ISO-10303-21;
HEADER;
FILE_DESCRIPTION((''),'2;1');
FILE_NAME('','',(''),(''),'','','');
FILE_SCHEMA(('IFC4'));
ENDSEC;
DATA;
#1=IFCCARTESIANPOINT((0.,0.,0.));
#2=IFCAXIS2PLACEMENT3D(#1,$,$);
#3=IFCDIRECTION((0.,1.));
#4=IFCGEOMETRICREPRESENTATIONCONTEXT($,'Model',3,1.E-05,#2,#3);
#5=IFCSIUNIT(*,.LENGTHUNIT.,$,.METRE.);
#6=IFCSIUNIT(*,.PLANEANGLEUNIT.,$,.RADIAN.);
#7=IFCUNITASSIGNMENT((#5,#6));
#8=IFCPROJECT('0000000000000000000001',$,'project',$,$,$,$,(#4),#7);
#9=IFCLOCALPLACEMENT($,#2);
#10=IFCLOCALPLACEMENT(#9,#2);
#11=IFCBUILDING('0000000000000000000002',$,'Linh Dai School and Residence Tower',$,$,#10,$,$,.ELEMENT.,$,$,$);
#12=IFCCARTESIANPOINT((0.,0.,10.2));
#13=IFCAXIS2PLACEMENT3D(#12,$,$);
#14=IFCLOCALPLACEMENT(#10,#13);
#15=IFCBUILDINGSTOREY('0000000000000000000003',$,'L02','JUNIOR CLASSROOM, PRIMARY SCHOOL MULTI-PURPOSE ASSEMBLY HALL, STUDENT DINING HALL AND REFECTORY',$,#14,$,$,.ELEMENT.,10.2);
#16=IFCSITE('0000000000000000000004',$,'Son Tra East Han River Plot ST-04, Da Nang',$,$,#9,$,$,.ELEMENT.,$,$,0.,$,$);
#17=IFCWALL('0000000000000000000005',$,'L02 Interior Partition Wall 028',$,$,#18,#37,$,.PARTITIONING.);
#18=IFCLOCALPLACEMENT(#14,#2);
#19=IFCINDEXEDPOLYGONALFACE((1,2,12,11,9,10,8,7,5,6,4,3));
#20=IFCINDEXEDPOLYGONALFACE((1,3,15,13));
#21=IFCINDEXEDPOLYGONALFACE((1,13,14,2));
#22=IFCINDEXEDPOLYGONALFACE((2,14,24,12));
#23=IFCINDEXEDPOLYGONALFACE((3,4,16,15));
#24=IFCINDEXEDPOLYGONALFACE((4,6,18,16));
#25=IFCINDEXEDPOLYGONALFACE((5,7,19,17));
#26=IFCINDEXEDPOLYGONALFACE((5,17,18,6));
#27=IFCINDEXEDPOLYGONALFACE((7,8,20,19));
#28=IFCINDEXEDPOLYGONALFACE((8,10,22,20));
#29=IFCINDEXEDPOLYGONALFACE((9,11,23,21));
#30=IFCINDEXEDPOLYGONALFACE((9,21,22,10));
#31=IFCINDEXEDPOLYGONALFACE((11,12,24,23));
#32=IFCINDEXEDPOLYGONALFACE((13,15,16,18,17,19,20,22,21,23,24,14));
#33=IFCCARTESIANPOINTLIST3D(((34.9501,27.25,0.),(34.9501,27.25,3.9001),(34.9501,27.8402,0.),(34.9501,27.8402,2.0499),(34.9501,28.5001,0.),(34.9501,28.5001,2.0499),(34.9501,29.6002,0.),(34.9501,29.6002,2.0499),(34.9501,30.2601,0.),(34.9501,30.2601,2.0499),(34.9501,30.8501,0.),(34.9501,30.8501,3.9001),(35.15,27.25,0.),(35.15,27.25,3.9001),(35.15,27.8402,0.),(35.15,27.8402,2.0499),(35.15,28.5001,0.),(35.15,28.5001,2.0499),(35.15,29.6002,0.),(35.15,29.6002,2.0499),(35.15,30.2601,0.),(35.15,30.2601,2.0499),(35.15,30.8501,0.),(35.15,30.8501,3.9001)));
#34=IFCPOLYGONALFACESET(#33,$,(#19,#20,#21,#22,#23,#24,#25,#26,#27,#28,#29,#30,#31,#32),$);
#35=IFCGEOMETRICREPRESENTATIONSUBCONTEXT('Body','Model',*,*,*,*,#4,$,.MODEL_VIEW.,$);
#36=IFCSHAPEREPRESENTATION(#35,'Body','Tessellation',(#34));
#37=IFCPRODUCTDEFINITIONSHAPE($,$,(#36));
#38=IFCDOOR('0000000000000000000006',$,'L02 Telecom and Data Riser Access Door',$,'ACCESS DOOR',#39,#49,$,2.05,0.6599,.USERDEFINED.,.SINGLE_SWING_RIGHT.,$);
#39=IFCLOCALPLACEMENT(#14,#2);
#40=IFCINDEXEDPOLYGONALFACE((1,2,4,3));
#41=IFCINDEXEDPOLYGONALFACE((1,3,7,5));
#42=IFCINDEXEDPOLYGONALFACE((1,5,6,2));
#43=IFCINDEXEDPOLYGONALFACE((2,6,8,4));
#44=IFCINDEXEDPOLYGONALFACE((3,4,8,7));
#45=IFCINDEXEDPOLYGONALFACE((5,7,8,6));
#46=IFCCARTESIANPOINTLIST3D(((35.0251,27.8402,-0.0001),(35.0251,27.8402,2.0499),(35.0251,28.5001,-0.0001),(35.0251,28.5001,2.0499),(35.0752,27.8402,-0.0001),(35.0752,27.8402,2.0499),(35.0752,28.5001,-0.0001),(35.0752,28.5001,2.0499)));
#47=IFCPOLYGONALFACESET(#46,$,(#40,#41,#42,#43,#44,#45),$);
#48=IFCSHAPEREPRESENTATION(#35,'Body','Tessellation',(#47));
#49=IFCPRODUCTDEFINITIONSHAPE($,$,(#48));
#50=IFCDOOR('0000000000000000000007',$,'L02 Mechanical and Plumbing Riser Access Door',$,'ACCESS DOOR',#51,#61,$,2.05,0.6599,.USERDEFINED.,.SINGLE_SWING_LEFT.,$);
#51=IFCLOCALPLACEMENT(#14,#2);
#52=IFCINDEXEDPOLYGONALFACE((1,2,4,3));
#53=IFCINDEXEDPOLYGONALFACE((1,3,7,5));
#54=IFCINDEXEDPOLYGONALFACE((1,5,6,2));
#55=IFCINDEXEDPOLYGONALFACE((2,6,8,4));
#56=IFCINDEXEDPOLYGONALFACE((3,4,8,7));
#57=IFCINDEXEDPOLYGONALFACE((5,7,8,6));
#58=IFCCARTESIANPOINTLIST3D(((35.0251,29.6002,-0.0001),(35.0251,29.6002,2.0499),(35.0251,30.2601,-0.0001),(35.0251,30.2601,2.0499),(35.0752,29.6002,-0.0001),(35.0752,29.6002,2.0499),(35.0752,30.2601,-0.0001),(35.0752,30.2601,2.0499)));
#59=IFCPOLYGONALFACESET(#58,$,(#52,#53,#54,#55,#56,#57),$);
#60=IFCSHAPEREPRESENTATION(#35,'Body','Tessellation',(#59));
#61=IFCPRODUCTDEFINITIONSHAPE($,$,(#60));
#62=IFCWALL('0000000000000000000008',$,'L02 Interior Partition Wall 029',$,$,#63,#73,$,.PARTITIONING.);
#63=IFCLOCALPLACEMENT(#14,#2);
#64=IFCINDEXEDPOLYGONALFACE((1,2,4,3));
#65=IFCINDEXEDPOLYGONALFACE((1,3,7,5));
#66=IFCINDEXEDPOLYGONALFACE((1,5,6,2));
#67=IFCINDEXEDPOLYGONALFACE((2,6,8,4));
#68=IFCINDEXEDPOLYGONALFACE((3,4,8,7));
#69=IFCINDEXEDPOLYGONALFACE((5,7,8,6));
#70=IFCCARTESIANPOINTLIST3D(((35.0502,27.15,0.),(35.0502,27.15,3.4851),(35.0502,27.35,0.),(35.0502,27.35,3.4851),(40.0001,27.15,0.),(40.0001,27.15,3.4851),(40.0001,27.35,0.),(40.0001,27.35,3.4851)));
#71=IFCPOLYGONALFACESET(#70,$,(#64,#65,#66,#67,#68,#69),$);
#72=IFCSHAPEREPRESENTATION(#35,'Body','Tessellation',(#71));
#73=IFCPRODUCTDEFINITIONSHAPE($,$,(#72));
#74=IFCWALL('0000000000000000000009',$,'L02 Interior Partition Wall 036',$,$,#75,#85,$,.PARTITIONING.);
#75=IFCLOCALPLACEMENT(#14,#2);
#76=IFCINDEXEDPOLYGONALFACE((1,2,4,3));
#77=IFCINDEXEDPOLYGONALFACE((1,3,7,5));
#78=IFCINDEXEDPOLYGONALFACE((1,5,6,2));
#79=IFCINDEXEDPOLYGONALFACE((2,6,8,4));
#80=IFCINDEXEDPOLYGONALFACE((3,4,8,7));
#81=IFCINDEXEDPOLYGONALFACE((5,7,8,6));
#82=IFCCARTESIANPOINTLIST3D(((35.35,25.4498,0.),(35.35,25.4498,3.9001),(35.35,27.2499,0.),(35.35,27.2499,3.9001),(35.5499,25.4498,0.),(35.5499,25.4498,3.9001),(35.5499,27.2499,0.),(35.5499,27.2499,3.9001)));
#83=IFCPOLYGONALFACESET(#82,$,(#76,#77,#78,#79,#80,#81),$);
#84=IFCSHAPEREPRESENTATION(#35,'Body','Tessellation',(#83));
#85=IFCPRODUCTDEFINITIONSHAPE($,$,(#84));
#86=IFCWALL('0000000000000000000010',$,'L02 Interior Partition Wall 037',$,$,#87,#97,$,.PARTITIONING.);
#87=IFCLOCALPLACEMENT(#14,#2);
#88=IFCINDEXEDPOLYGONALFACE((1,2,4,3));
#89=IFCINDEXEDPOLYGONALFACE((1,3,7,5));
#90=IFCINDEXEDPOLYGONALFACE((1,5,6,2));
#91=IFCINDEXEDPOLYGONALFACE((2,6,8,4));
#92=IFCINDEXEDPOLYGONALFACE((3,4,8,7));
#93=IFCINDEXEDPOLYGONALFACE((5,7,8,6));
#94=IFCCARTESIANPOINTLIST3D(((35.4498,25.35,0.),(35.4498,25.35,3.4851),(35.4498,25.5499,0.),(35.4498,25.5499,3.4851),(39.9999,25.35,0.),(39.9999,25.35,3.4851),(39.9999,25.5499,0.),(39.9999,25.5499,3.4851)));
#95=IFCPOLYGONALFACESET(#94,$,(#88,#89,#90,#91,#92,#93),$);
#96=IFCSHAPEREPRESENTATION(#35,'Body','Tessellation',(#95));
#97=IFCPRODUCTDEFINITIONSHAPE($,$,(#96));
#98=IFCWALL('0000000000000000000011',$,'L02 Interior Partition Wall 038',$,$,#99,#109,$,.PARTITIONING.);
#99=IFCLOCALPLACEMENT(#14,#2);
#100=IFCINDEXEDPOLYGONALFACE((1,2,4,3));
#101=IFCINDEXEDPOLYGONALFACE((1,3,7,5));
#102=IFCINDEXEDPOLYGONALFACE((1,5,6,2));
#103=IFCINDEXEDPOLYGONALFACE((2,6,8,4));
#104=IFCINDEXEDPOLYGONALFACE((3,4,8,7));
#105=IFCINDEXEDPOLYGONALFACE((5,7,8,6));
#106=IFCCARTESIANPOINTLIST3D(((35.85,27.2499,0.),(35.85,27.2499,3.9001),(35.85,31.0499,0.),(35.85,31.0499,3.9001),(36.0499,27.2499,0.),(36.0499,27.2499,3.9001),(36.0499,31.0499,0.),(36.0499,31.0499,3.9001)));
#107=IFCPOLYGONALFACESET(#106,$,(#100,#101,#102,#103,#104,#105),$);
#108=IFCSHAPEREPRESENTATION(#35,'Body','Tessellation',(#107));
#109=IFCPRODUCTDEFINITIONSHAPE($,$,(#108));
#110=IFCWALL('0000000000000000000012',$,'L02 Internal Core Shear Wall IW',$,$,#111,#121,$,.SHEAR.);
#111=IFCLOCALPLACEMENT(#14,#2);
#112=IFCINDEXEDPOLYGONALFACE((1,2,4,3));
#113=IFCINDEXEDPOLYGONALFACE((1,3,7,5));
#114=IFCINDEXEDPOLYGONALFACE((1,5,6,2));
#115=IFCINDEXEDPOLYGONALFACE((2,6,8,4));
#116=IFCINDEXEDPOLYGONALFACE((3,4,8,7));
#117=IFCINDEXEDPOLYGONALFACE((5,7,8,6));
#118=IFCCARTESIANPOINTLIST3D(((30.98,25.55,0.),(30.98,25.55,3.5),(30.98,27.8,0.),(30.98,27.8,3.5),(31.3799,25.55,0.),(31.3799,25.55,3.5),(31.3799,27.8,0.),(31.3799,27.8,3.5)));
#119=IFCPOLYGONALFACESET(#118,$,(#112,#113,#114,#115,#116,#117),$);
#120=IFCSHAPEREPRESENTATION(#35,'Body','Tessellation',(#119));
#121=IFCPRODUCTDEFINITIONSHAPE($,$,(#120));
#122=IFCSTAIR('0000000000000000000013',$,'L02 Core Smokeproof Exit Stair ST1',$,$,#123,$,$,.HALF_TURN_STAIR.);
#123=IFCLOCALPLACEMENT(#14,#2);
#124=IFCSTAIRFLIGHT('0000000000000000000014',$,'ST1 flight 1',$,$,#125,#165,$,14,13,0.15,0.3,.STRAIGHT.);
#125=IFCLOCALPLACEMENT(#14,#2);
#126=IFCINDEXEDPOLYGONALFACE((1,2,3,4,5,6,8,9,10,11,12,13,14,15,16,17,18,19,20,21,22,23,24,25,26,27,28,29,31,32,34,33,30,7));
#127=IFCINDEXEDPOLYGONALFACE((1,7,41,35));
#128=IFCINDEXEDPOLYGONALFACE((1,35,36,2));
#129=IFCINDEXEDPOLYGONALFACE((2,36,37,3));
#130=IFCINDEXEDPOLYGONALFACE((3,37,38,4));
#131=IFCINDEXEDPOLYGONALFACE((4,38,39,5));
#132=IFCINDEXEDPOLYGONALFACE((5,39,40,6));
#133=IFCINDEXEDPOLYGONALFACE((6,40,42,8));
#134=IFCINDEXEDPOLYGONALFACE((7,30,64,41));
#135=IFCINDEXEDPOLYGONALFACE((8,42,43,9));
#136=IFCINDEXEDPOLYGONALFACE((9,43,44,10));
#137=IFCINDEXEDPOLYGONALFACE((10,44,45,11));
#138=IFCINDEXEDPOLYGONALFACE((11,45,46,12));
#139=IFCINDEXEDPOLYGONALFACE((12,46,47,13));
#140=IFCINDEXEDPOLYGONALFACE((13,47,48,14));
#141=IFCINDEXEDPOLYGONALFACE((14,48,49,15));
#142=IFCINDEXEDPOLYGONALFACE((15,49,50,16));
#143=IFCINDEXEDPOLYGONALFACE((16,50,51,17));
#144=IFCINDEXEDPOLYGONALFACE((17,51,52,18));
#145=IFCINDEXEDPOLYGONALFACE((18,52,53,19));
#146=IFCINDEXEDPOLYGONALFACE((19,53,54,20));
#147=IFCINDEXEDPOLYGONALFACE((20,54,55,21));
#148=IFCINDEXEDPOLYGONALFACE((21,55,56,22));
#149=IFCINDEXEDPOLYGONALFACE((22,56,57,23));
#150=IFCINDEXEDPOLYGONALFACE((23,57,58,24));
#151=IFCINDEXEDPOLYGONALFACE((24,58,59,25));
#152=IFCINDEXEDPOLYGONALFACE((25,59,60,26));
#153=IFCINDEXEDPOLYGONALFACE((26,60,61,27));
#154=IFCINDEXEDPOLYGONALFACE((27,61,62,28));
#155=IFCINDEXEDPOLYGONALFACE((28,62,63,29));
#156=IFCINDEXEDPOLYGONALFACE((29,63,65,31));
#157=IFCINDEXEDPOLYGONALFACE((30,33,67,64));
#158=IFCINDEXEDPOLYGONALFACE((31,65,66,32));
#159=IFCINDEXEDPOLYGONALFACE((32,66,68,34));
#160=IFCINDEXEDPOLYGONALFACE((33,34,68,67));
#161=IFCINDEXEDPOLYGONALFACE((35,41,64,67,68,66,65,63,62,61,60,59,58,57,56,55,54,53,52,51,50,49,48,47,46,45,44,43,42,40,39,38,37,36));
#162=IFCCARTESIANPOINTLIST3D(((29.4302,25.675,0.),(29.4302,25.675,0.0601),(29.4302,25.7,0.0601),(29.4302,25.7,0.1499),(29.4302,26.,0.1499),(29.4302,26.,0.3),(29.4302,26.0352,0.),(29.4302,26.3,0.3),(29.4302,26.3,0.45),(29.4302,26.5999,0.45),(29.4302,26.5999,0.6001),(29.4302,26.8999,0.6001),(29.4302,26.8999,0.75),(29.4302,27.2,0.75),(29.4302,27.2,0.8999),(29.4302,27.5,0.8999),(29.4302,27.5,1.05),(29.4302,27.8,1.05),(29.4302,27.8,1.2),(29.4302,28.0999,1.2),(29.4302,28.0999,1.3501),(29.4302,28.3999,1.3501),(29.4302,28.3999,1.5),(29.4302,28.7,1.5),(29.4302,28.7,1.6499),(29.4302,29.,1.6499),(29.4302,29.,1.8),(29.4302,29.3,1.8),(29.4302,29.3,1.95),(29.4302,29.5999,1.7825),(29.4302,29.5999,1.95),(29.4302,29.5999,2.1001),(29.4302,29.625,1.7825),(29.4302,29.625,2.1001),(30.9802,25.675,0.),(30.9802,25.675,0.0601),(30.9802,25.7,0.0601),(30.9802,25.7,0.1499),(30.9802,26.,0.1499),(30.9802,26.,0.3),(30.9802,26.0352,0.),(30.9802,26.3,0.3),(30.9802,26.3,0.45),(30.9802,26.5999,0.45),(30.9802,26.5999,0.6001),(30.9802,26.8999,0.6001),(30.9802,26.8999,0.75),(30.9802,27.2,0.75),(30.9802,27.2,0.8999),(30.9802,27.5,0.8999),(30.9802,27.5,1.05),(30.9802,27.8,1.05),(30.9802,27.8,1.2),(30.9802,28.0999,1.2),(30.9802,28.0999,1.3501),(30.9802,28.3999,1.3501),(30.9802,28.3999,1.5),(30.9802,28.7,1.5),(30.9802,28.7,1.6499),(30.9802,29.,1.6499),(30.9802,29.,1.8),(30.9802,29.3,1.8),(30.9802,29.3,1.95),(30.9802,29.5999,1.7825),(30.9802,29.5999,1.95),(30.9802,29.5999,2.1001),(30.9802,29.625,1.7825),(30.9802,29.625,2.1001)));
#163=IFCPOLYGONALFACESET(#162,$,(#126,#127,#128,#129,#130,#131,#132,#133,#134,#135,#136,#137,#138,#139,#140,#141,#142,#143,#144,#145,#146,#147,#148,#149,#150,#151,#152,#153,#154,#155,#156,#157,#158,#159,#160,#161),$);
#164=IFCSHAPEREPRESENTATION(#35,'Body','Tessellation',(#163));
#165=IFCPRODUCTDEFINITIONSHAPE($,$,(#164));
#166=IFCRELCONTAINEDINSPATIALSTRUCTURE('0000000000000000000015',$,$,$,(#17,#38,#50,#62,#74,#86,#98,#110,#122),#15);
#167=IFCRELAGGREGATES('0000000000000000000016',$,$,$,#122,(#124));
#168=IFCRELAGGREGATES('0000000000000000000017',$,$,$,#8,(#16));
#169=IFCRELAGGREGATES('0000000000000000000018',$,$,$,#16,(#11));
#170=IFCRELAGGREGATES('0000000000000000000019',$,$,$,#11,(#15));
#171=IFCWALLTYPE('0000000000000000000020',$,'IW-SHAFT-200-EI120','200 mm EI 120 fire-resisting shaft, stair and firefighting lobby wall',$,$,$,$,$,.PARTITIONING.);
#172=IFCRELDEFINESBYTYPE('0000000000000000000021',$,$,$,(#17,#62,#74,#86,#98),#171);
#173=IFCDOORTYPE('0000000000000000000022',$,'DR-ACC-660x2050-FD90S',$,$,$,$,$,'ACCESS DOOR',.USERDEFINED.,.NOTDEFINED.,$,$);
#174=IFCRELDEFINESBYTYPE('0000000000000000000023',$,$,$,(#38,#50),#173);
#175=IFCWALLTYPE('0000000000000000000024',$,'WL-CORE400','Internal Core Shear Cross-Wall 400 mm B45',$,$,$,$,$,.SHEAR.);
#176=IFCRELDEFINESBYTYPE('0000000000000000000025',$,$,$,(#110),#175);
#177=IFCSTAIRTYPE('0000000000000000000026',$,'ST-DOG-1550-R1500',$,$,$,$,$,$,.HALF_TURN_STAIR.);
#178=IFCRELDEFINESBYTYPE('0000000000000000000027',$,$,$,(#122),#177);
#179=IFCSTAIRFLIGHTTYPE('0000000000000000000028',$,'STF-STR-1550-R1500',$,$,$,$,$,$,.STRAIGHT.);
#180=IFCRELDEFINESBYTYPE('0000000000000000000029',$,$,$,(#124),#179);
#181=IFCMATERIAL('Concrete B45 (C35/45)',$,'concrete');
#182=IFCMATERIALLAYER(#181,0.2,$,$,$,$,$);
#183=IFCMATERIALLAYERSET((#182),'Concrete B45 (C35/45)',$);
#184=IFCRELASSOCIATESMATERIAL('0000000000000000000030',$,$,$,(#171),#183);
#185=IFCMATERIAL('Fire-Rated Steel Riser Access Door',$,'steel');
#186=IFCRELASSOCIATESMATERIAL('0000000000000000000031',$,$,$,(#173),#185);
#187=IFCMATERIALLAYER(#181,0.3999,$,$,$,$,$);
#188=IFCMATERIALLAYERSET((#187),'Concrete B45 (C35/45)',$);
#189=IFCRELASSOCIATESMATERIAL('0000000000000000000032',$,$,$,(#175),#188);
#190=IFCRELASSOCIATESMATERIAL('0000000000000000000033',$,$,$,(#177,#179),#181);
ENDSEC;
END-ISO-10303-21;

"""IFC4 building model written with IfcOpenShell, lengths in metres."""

from ifc_helpers import new_model, si_unit, direction, frame, frame_2d, origin, origin_2d, place, context, subcontext, project, spatial, polyline, rectangle, outline, extrude, source, transform, mapped, material, layer, layer_set, type_object, element, fill, aggregate, save


model = new_model("IFC4")

# Units and contexts
model_context = context("Model", 3, precision=1e-05, world=origin(), true_north=direction((0.0, 1.0)))
body_context = subcontext(model_context, "Body", "Model", "MODEL_VIEW")
ifc_project = project(units=[si_unit("LENGTHUNIT", "METRE"), si_unit("PLANEANGLEUNIT", "RADIAN")], contexts=[model_context])

# Site, building, storey
site_placement = place(None, origin())
site = spatial("IfcSite", under=ifc_project, at=site_placement, Name="Son Tra East Han River Plot ST-04, Da Nang", CompositionType="ELEMENT", RefElevation=0.0)
building_placement = place(site_placement, origin())
building = spatial("IfcBuilding", under=site, at=building_placement, Name="Linh Dai School and Residence Tower", CompositionType="ELEMENT")
storey_placement = place(building_placement, frame((0.0, 0.0, 10.2)))
storey = spatial("IfcBuildingStorey", under=building, at=storey_placement, Name="L02", Description="JUNIOR CLASSROOM, PRIMARY SCHOOL MULTI-PURPOSE ASSEMBLY HALL, STUDENT DINING HALL AND REFECTORY", CompositionType="ELEMENT", Elevation=10.2)

# Shared definitions
ifc_material_1 = material(Name="Concrete B45 (C35/45)", Category="concrete")
ifc_layer_1 = layer(ifc_material_1, 0.2)
ifc_layer_set_1 = layer_set([ifc_layer_1], Name="Concrete B45 (C35/45)")
wall_type_1 = type_object("IfcWallType", Name="IW-SHAFT-200-EI120", Description="200 mm EI 120 fire-resisting shaft, stair and firefighting lobby wall", PredefinedType="PARTITIONING", material=ifc_layer_set_1)

# Wall, openings, doors
wall_1_placement = place(storey_placement, frame((35.05, 27.25, 0.0), z_axis=(0.0, 0.0, 1.0), x_axis=(0.0, 1.0, 0.0)))
wall_1 = element("IfcWall", 1, at=wall_1_placement, inside=storey, type_object=wall_type_1, Name="L02 Interior Partition Wall 028", PredefinedType="PARTITIONING", context=body_context, shape_type="SweptSolid", body=[
    extrude(rectangle(XDim=3.6001, YDim=0.2, at=frame_2d((1.8, 0.0))), origin(), (0.0, 0.0, 1.0), 3.9001),
])
opening_1_placement = place(wall_1_placement, frame((0.5901, 0.0, 0.0)))
opening_1 = element("IfcOpeningElement", 2, at=opening_1_placement, cuts=wall_1, PredefinedType="OPENING", context=body_context, shape_type="SweptSolid", body=[
    extrude(rectangle(XDim=0.6599, YDim=2.05, at=origin_2d()), frame((0.3301, 0.1099, 1.0249), z_axis=(0.0, -1.0, 0.0), x_axis=(1.0, 0.0, 0.0)), (0.0, 0.0, 1.0), 0.22),
])
opening_2_placement = place(wall_1_placement, frame((2.3501, 0.0, 0.0)))
opening_2 = element("IfcOpeningElement", 3, at=opening_2_placement, cuts=wall_1, PredefinedType="OPENING", context=body_context, shape_type="SweptSolid", body=[
    extrude(rectangle(XDim=0.6599, YDim=2.05, at=origin_2d()), frame((0.3301, 0.1099, 1.0249), z_axis=(0.0, -1.0, 0.0), x_axis=(1.0, 0.0, 0.0)), (0.0, 0.0, 1.0), 0.22),
])
ifc_material_2 = material(Name="Fire-Rated Steel Riser Access Door", Category="steel")
door_type_1 = type_object("IfcDoorType", Name="DR-ACC-660x2050-FD90S", ElementType="ACCESS DOOR", OperationType="NOTDEFINED", PredefinedType="USERDEFINED", material=ifc_material_2)
shared_shape_1 = source(origin(), body_context, "Body", "SweptSolid", [
    extrude(rectangle(XDim=0.6599, YDim=2.05, at=origin_2d()), frame((0.3301, 0.0249, 1.0249), z_axis=(0.0, -1.0, 0.0), x_axis=(1.0, 0.0, 0.0)), (0.0, 0.0, 1.0), 0.05),
])
door_1_placement = place(opening_1_placement, origin())
door_1 = element("IfcDoor", 4, at=door_1_placement, inside=storey, type_object=door_type_1, Name="L02 Telecom and Data Riser Access Door", ObjectType="ACCESS DOOR", OperationType="SINGLE_SWING_RIGHT", OverallHeight=2.05, OverallWidth=0.6599, PredefinedType="USERDEFINED", context=body_context, shape_type="MappedRepresentation", body=[
    mapped(shared_shape_1, transform((0.0, 0.0, 0.0), x_axis=(1.0, 0.0, 0.0), y_axis=(0.0, 1.0, 0.0), z_axis=(0.0, 0.0, 1.0), scale=1.0)),
])
fill(opening_1, door_1)
door_2_placement = place(opening_2_placement, origin())
door_2 = element("IfcDoor", 5, at=door_2_placement, inside=storey, type_object=door_type_1, Name="L02 Mechanical and Plumbing Riser Access Door", ObjectType="ACCESS DOOR", OperationType="SINGLE_SWING_LEFT", OverallHeight=2.05, OverallWidth=0.6599, PredefinedType="USERDEFINED", context=body_context, shape_type="MappedRepresentation", body=[
    mapped(shared_shape_1, transform((0.0, 0.0, 0.0), x_axis=(1.0, 0.0, 0.0), y_axis=(0.0, 1.0, 0.0), z_axis=(0.0, 0.0, 1.0), scale=1.0)),
])
fill(opening_2, door_2)

# Walls
wall_2_placement = place(storey_placement, frame((35.05, 27.25, 0.0), z_axis=(0.0, 0.0, 1.0), x_axis=(1.0, 0.0, 0.0)))
element("IfcWall", 6, at=wall_2_placement, inside=storey, type_object=wall_type_1, Name="L02 Interior Partition Wall 029", PredefinedType="PARTITIONING", context=body_context, shape_type="SweptSolid", body=[
    extrude(rectangle(XDim=4.95, YDim=0.2, at=frame_2d((2.4751, 0.0))), origin(), (0.0, 0.0, 1.0), 3.4851),
])
wall_3_placement = place(storey_placement, frame((35.45, 25.45, 0.0), z_axis=(0.0, 0.0, 1.0), x_axis=(0.0, 1.0, 0.0)))
element("IfcWall", 7, at=wall_3_placement, inside=storey, type_object=wall_type_1, Name="L02 Interior Partition Wall 036", PredefinedType="PARTITIONING", context=body_context, shape_type="SweptSolid", body=[
    extrude(rectangle(XDim=1.8, YDim=0.2, at=frame_2d((0.8999, 0.0))), origin(), (0.0, 0.0, 1.0), 3.9001),
])
wall_4_placement = place(storey_placement, frame((35.45, 25.45, 0.0), z_axis=(0.0, 0.0, 1.0), x_axis=(1.0, 0.0, 0.0)))
element("IfcWall", 8, at=wall_4_placement, inside=storey, type_object=wall_type_1, Name="L02 Interior Partition Wall 037", PredefinedType="PARTITIONING", context=body_context, shape_type="SweptSolid", body=[
    extrude(rectangle(XDim=4.55, YDim=0.2, at=frame_2d((2.2749, 0.0))), origin(), (0.0, 0.0, 1.0), 3.4851),
])
wall_5_placement = place(storey_placement, frame((35.95, 27.25, 0.0), z_axis=(0.0, 0.0, 1.0), x_axis=(0.0, 1.0, 0.0)))
element("IfcWall", 9, at=wall_5_placement, inside=storey, type_object=wall_type_1, Name="L02 Interior Partition Wall 038", PredefinedType="PARTITIONING", context=body_context, shape_type="SweptSolid", body=[
    extrude(rectangle(XDim=3.8, YDim=0.2, at=frame_2d((1.8999, 0.0))), origin(), (0.0, 0.0, 1.0), 3.9001),
])
ifc_layer_2 = layer(ifc_material_1, 0.3999)
ifc_layer_set_2 = layer_set([ifc_layer_2], Name="Concrete B45 (C35/45)")
wall_type_2 = type_object("IfcWallType", Name="WL-CORE400", Description="Internal Core Shear Cross-Wall 400 mm B45", PredefinedType="SHEAR", material=ifc_layer_set_2)
wall_6_placement = place(storey_placement, frame((31.1799, 25.55, 0.0), z_axis=(0.0, 0.0, 1.0), x_axis=(0.0, 1.0, 0.0)))
element("IfcWall", 10, at=wall_6_placement, inside=storey, type_object=wall_type_2, Name="L02 Internal Core Shear Wall IW", PredefinedType="SHEAR", context=body_context, shape_type="SweptSolid", body=[
    extrude(rectangle(XDim=2.25, YDim=0.3999, at=frame_2d((1.125, 0.0))), origin(), (0.0, 0.0, 1.0), 3.5),
])

# Stair, stair flight
stair_type = type_object("IfcStairType", Name="ST-DOG-1550-R1500", PredefinedType="HALF_TURN_STAIR", material=ifc_material_1)
stair_placement = place(storey_placement, origin())
stair = element("IfcStair", 11, at=stair_placement, inside=storey, type_object=stair_type, Name="L02 Core Smokeproof Exit Stair ST1", PredefinedType="HALF_TURN_STAIR")
stair_flight_type = type_object("IfcStairFlightType", Name="STF-STR-1550-R1500", PredefinedType="STRAIGHT", material=ifc_material_1)
shared_shape_2 = source(origin(), body_context, "Body", "SweptSolid", [
    extrude(outline(polyline([(-0.0249, 0.0), (-0.0249, 0.0601), (0.0, 0.0601), (0.0, 0.1499), (0.3, 0.1499), (0.3, 0.3), (0.6001, 0.3), (0.6001, 0.45), (0.8999, 0.45), (0.8999, 0.6001), (1.2, 0.6001), (1.2, 0.75), (1.5, 0.75), (1.5, 0.8999), (1.8, 0.8999), (1.8, 1.05), (2.1001, 1.05), (2.1001, 1.2), (2.3999, 1.2), (2.3999, 1.3501), (2.7, 1.3501), (2.7, 1.5), (3.0, 1.5), (3.0, 1.6499), (3.3, 1.6499), (3.3, 1.8), (3.6001, 1.8), (3.6001, 1.95), (3.8999, 1.95), (3.8999, 2.1001), (3.925, 2.1001), (3.925, 1.7825), (3.8999, 1.7825), (0.3352, 0.0), (-0.0249, 0.0)])), frame((0.0, 0.7749, 0.0), z_axis=(0.0, -1.0, 0.0), x_axis=(1.0, 0.0, 0.0)), (0.0, 0.0, 1.0), 1.55),
])
stair_flight_placement = place(storey_placement, frame((30.2051, 25.7, 0.0), z_axis=(0.0, 0.0, 1.0), x_axis=(0.0, 1.0, 0.0)))
stair_flight = element("IfcStairFlight", 12, at=stair_flight_placement, type_object=stair_flight_type, Name="ST1 flight 1", NumberOfRisers=14, NumberOfTreads=13, PredefinedType="STRAIGHT", RiserHeight=0.15, TreadLength=0.3, context=body_context, shape_type="MappedRepresentation", body=[
    mapped(shared_shape_2, transform((0.0, 0.0, 0.0), x_axis=(1.0, 0.0, 0.0), y_axis=(0.0, 1.0, 0.0), z_axis=(0.0, 0.0, 1.0), scale=1.0)),
])
aggregate(stair, [stair_flight])

save(model, "model.ifc")
